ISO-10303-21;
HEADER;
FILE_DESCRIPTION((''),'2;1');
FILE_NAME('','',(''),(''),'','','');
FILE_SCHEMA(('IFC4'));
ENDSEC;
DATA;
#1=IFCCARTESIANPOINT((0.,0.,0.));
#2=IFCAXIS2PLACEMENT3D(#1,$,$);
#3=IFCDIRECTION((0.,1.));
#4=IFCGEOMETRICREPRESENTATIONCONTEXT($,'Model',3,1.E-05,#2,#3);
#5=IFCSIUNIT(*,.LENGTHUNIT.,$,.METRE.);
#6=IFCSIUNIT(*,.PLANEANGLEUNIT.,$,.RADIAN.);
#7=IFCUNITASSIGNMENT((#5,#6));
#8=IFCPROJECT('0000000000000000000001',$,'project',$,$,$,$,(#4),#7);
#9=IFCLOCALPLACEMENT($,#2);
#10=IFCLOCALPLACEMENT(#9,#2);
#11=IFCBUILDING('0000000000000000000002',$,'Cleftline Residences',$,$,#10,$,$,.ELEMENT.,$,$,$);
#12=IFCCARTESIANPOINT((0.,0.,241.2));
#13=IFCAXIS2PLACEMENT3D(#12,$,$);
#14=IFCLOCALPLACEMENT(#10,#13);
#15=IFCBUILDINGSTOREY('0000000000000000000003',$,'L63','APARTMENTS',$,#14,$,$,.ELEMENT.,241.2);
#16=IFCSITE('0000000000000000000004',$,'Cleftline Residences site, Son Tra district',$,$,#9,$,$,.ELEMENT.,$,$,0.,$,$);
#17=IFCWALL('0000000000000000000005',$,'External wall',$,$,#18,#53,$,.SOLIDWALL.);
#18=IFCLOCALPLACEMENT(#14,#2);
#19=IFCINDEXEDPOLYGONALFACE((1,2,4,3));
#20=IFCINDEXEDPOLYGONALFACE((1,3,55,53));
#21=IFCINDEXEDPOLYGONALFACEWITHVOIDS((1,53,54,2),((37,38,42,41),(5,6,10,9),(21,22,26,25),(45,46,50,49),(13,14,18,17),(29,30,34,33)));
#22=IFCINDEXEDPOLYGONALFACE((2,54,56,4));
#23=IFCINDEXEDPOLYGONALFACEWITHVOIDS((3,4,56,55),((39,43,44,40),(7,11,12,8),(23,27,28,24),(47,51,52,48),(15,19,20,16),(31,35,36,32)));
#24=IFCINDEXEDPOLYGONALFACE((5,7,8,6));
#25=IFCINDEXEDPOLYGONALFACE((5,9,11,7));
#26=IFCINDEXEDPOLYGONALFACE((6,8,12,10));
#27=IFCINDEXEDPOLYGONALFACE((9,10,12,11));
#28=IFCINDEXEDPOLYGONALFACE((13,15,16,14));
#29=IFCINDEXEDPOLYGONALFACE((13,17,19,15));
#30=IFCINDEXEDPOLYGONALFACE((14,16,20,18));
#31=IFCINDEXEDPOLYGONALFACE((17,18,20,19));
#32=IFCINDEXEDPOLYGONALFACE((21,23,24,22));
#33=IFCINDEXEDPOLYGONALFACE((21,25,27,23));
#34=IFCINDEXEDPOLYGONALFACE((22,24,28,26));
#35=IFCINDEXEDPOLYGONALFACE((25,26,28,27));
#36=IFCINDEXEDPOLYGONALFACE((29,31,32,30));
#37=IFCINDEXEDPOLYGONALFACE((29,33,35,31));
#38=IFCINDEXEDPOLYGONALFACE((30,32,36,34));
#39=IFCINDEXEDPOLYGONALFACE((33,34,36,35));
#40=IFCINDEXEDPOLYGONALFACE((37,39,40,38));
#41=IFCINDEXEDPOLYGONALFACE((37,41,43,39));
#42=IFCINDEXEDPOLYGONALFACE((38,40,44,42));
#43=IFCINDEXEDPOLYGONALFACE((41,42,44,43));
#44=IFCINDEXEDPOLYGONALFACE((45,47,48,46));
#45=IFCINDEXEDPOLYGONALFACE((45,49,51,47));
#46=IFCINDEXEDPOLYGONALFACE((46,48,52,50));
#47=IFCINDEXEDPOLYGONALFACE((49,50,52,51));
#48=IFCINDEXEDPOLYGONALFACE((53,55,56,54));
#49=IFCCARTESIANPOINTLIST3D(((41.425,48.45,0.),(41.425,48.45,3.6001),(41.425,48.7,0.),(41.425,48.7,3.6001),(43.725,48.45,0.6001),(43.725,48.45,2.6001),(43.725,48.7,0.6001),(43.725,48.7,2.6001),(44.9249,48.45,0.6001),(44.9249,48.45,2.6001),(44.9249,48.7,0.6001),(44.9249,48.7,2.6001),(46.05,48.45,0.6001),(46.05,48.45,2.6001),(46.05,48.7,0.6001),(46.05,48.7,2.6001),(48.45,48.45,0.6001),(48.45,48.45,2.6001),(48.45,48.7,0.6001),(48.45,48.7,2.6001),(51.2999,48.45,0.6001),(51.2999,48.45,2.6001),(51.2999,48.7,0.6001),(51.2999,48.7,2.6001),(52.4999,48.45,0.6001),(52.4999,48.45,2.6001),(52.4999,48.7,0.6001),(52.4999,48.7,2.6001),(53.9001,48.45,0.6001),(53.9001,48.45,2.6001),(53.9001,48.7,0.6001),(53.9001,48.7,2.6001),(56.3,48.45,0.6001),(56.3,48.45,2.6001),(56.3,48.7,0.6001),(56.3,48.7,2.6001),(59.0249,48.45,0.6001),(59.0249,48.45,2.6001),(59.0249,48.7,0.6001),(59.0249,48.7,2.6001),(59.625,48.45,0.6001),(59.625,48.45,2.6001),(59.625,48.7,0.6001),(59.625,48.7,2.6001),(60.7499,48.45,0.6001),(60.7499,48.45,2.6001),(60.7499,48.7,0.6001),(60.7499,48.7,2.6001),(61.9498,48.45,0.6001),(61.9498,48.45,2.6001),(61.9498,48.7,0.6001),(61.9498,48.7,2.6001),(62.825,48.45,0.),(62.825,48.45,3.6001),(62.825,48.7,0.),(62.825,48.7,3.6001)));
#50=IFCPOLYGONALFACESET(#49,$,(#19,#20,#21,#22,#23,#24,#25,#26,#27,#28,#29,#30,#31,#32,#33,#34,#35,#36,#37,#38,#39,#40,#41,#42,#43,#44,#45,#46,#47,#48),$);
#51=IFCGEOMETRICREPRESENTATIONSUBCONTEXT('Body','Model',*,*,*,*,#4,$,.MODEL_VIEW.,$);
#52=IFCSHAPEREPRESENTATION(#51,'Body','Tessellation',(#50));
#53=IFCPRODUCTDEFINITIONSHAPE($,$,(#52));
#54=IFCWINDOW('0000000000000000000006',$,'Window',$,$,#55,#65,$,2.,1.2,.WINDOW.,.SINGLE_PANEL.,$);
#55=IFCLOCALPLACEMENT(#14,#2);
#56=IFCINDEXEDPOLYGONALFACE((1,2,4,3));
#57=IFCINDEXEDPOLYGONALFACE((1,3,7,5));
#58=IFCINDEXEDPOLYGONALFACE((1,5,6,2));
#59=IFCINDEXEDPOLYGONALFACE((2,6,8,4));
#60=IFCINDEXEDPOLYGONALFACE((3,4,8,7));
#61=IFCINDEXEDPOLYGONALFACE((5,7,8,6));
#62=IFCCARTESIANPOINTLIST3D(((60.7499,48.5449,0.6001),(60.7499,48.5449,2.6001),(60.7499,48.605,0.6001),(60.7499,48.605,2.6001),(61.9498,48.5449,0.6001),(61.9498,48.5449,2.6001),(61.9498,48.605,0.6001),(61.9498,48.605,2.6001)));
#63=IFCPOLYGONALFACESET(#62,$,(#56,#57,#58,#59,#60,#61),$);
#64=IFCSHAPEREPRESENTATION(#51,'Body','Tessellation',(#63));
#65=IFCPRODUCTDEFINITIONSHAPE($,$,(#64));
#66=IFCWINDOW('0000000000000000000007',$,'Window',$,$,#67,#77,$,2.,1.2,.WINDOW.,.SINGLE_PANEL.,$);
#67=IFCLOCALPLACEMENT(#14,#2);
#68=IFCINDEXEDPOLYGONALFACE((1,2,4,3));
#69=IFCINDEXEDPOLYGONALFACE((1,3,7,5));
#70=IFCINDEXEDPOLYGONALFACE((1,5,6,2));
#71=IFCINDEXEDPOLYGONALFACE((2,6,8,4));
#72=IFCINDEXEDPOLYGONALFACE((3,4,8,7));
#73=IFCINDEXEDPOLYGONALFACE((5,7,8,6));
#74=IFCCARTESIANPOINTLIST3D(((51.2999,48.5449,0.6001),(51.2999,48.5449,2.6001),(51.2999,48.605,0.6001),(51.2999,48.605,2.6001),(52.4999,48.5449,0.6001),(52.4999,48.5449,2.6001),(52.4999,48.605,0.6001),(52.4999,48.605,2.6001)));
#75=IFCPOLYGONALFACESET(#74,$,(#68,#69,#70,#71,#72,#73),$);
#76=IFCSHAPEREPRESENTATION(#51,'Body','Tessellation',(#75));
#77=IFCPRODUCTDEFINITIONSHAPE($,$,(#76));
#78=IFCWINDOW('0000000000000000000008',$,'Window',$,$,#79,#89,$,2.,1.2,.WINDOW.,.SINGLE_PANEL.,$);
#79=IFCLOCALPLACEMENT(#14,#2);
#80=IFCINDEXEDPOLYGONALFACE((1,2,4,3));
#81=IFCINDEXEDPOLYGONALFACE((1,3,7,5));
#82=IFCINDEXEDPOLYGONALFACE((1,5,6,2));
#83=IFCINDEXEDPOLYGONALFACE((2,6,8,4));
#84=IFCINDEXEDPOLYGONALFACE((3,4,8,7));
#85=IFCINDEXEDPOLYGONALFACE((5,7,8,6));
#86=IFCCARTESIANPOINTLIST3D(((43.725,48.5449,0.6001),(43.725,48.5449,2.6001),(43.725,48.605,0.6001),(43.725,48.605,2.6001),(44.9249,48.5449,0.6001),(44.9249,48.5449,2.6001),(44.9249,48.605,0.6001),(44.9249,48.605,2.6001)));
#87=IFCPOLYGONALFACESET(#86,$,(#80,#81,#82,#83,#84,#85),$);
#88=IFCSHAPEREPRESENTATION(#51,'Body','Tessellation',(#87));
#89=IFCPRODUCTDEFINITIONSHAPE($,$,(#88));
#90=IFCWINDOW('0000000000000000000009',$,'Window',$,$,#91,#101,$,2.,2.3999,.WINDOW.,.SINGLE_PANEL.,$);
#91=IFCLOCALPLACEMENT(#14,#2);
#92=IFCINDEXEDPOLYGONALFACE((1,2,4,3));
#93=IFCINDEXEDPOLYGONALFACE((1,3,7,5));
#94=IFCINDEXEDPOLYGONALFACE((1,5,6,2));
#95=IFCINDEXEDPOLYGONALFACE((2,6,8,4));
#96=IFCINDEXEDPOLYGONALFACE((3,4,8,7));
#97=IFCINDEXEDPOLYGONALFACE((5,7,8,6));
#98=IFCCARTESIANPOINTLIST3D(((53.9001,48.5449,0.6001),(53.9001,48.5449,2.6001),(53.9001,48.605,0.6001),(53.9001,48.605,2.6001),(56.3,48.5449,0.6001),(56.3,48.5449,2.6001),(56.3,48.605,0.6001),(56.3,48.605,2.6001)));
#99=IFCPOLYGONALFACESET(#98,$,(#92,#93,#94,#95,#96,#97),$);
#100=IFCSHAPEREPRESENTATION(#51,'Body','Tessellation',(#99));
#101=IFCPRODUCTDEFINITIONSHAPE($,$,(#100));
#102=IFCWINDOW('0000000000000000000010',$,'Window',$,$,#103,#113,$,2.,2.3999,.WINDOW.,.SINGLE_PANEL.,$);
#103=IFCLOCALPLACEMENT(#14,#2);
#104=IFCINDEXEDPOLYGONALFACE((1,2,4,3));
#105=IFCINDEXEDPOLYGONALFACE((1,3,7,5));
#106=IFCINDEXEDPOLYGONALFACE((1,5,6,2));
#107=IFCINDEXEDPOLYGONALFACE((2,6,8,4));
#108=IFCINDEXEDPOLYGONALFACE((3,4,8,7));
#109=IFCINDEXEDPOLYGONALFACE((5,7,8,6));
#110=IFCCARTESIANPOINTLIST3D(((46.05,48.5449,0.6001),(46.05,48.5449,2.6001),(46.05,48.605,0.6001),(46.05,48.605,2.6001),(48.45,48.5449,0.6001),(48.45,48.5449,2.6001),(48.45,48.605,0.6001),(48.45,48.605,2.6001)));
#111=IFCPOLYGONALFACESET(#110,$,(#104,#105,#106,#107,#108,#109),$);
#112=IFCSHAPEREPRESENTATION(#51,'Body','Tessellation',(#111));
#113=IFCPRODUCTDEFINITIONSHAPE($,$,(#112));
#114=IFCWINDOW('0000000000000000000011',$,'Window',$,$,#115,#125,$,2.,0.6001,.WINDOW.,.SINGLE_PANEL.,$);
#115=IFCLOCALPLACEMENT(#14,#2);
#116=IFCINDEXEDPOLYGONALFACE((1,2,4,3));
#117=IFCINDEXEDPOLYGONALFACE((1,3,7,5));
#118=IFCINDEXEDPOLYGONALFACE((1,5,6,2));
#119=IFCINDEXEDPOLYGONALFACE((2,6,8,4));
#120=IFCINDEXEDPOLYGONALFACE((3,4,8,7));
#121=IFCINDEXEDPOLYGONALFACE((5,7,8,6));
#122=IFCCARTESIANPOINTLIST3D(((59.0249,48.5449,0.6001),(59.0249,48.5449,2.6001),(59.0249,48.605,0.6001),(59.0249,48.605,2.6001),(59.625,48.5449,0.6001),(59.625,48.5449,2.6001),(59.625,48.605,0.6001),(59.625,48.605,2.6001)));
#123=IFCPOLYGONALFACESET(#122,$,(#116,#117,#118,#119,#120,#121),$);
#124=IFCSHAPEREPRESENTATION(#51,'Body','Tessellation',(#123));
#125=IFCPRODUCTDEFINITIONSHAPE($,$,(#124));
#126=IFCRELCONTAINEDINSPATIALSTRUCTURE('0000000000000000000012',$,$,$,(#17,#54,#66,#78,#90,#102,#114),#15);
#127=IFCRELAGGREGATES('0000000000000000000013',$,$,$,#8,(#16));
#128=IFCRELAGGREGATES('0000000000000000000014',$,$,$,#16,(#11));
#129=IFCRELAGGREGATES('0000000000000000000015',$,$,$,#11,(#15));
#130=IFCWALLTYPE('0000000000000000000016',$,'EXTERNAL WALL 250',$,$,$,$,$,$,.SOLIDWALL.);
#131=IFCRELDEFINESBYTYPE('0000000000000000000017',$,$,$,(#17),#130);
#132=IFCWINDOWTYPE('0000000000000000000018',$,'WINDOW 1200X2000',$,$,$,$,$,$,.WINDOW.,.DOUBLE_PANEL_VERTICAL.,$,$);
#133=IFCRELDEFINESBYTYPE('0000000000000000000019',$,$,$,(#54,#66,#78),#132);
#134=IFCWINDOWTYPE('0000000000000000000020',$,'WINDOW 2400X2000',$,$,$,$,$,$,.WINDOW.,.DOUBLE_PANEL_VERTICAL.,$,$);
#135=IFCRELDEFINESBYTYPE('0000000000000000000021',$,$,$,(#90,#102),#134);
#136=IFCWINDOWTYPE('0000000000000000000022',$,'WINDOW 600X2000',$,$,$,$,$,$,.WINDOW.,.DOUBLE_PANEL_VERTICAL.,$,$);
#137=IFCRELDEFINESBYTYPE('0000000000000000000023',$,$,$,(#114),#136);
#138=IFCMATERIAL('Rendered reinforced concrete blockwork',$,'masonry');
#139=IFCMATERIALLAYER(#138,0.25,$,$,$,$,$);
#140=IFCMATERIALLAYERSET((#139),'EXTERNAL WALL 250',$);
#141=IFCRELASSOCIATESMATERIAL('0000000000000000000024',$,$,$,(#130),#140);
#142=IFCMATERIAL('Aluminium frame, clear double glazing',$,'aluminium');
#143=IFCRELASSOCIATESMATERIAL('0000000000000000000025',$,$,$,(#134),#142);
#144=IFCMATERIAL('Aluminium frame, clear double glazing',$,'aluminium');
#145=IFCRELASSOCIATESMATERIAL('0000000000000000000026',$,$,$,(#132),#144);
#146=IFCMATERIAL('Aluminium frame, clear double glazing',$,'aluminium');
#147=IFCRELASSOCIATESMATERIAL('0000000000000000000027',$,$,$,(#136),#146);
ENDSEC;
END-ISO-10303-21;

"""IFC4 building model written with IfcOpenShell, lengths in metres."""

from ifc_helpers import new_model, si_unit, direction, frame, frame_2d, origin, place, context, subcontext, project, spatial, rectangle, extrude, material, layer, layer_set, type_object, element, fill, save


model = new_model("IFC4")

# Units and contexts
model_context = context("Model", 3, precision=1e-05, world=origin(), true_north=direction((0.0, 1.0)))
body_context = subcontext(model_context, "Body", "Model", "MODEL_VIEW")
ifc_project = project(units=[si_unit("LENGTHUNIT", "METRE"), si_unit("PLANEANGLEUNIT", "RADIAN")], contexts=[model_context])

# Site, building, storey
site_placement = place(None, origin())
site = spatial("IfcSite", under=ifc_project, at=site_placement, Name="Cleftline Residences site, Son Tra district", CompositionType="ELEMENT", RefElevation=0.0)
building_placement = place(site_placement, origin())
building = spatial("IfcBuilding", under=site, at=building_placement, Name="Cleftline Residences", CompositionType="ELEMENT")
storey_placement = place(building_placement, frame((0.0, 0.0, 241.2)))
storey = spatial("IfcBuildingStorey", under=building, at=storey_placement, Name="L63", Description="APARTMENTS", CompositionType="ELEMENT", Elevation=241.2)

# Shared definitions
ifc_material_1 = material(Name="Rendered reinforced concrete blockwork", Category="masonry")
ifc_layer_1 = layer(ifc_material_1, 0.25)
ifc_layer_set_1 = layer_set([ifc_layer_1], Name="EXTERNAL WALL 250")
wall_type_1 = type_object("IfcWallType", Name="EXTERNAL WALL 250", PredefinedType="SOLIDWALL", material=ifc_layer_set_1)
ifc_material_2 = material(Name="Aluminium frame, clear double glazing", Category="aluminium")
window_type_1 = type_object("IfcWindowType", Name="WINDOW 2400X2000", PartitioningType="DOUBLE_PANEL_VERTICAL", PredefinedType="WINDOW", material=ifc_material_2)

# Wall, openings, windows
wall_1_placement = place(storey_placement, frame((62.825, 48.575, 0.0), z_axis=(0.0, 0.0, 1.0), x_axis=(-1.0, 0.0, 0.0)))
wall_1 = element("IfcWall", 1, at=wall_1_placement, inside=storey, type_object=wall_type_1, Name="External wall", PredefinedType="SOLIDWALL", context=body_context, shape_type="SweptSolid", body=[
    extrude(rectangle(XDim=21.3999, YDim=0.25, at=frame_2d((10.7, 0.0))), origin(), (0.0, 0.0, 1.0), 3.6001),
])
opening_1_placement = place(wall_1_placement, frame((0.875, 0.0, 0.6001)))
opening_1 = element("IfcOpeningElement", 2, at=opening_1_placement, cuts=wall_1, PredefinedType="OPENING", context=body_context, shape_type="SweptSolid", body=[
    extrude(rectangle(XDim=1.2, YDim=2.0, at=frame_2d((0.6001, 1.0))), frame((0.0, 0.135, 0.0), z_axis=(0.0, -1.0, 0.0), x_axis=(1.0, 0.0, 0.0)), (0.0, 0.0, 1.0), 0.27),
])
opening_2_placement = place(wall_1_placement, frame((3.2, 0.0, 0.6001)))
opening_2 = element("IfcOpeningElement", 3, at=opening_2_placement, cuts=wall_1, PredefinedType="OPENING", context=body_context, shape_type="SweptSolid", body=[
    extrude(rectangle(XDim=0.6001, YDim=2.0, at=frame_2d((0.3, 1.0))), frame((0.0, 0.135, 0.0), z_axis=(0.0, -1.0, 0.0), x_axis=(1.0, 0.0, 0.0)), (0.0, 0.0, 1.0), 0.27),
])
opening_3_placement = place(wall_1_placement, frame((6.5249, 0.0, 0.6001)))
opening_3 = element("IfcOpeningElement", 4, at=opening_3_placement, cuts=wall_1, PredefinedType="OPENING", context=body_context, shape_type="SweptSolid", body=[
    extrude(rectangle(XDim=2.3999, YDim=2.0, at=frame_2d((1.2, 1.0))), frame((0.0, 0.135, 0.0), z_axis=(0.0, -1.0, 0.0), x_axis=(1.0, 0.0, 0.0)), (0.0, 0.0, 1.0), 0.27),
])
opening_4_placement = place(wall_1_placement, frame((10.325, 0.0, 0.6001)))
opening_4 = element("IfcOpeningElement", 5, at=opening_4_placement, cuts=wall_1, PredefinedType="OPENING", context=body_context, shape_type="SweptSolid", body=[
    extrude(rectangle(XDim=1.2, YDim=2.0, at=frame_2d((0.6001, 1.0))), frame((0.0, 0.135, 0.0), z_axis=(0.0, -1.0, 0.0), x_axis=(1.0, 0.0, 0.0)), (0.0, 0.0, 1.0), 0.27),
])
opening_5_placement = place(wall_1_placement, frame((14.375, 0.0, 0.6001)))
opening_5 = element("IfcOpeningElement", 6, at=opening_5_placement, cuts=wall_1, PredefinedType="OPENING", context=body_context, shape_type="SweptSolid", body=[
    extrude(rectangle(XDim=2.3999, YDim=2.0, at=frame_2d((1.2, 1.0))), frame((0.0, 0.135, 0.0), z_axis=(0.0, -1.0, 0.0), x_axis=(1.0, 0.0, 0.0)), (0.0, 0.0, 1.0), 0.27),
])
opening_6_placement = place(wall_1_placement, frame((17.8999, 0.0, 0.6001)))
opening_6 = element("IfcOpeningElement", 7, at=opening_6_placement, cuts=wall_1, PredefinedType="OPENING", context=body_context, shape_type="SweptSolid", body=[
    extrude(rectangle(XDim=1.2, YDim=2.0, at=frame_2d((0.6001, 1.0))), frame((0.0, 0.135, 0.0), z_axis=(0.0, -1.0, 0.0), x_axis=(1.0, 0.0, 0.0)), (0.0, 0.0, 1.0), 0.27),
])
ifc_material_3 = material(Name="Aluminium frame, clear double glazing", Category="aluminium")
window_type_2 = type_object("IfcWindowType", Name="WINDOW 1200X2000", PartitioningType="DOUBLE_PANEL_VERTICAL", PredefinedType="WINDOW", material=ifc_material_3)
window_1_placement = place(opening_1_placement, origin())
window_1 = element("IfcWindow", 8, at=window_1_placement, inside=storey, type_object=window_type_2, Name="Window", OverallHeight=2.0, OverallWidth=1.2, PartitioningType="SINGLE_PANEL", PredefinedType="WINDOW", context=body_context, shape_type="SweptSolid", body=[
    extrude(rectangle(XDim=1.2, YDim=2.0, at=frame_2d((0.6001, 1.0))), frame((0.0, 0.03, 0.0), z_axis=(0.0, -1.0, 0.0), x_axis=(1.0, 0.0, 0.0)), (0.0, 0.0, 1.0), 0.0601),
])
fill(opening_1, window_1)
window_2_placement = place(opening_4_placement, origin())
window_2 = element("IfcWindow", 9, at=window_2_placement, inside=storey, type_object=window_type_2, Name="Window", OverallHeight=2.0, OverallWidth=1.2, PartitioningType="SINGLE_PANEL", PredefinedType="WINDOW", context=body_context, shape_type="SweptSolid", body=[
    extrude(rectangle(XDim=1.2, YDim=2.0, at=frame_2d((0.6001, 1.0))), frame((0.0, 0.03, 0.0), z_axis=(0.0, -1.0, 0.0), x_axis=(1.0, 0.0, 0.0)), (0.0, 0.0, 1.0), 0.0601),
])
fill(opening_4, window_2)
window_3_placement = place(opening_6_placement, origin())
window_3 = element("IfcWindow", 10, at=window_3_placement, inside=storey, type_object=window_type_2, Name="Window", OverallHeight=2.0, OverallWidth=1.2, PartitioningType="SINGLE_PANEL", PredefinedType="WINDOW", context=body_context, shape_type="SweptSolid", body=[
    extrude(rectangle(XDim=1.2, YDim=2.0, at=frame_2d((0.6001, 1.0))), frame((0.0, 0.03, 0.0), z_axis=(0.0, -1.0, 0.0), x_axis=(1.0, 0.0, 0.0)), (0.0, 0.0, 1.0), 0.0601),
])
fill(opening_6, window_3)
window_4_placement = place(opening_3_placement, origin())
window_4 = element("IfcWindow", 11, at=window_4_placement, inside=storey, type_object=window_type_1, Name="Window", OverallHeight=2.0, OverallWidth=2.3999, PartitioningType="SINGLE_PANEL", PredefinedType="WINDOW", context=body_context, shape_type="SweptSolid", body=[
    extrude(rectangle(XDim=2.3999, YDim=2.0, at=frame_2d((1.2, 1.0))), frame((0.0, 0.03, 0.0), z_axis=(0.0, -1.0, 0.0), x_axis=(1.0, 0.0, 0.0)), (0.0, 0.0, 1.0), 0.0601),
])
fill(opening_3, window_4)
window_5_placement = place(opening_5_placement, origin())
window_5 = element("IfcWindow", 12, at=window_5_placement, inside=storey, type_object=window_type_1, Name="Window", OverallHeight=2.0, OverallWidth=2.3999, PartitioningType="SINGLE_PANEL", PredefinedType="WINDOW", context=body_context, shape_type="SweptSolid", body=[
    extrude(rectangle(XDim=2.3999, YDim=2.0, at=frame_2d((1.2, 1.0))), frame((0.0, 0.03, 0.0), z_axis=(0.0, -1.0, 0.0), x_axis=(1.0, 0.0, 0.0)), (0.0, 0.0, 1.0), 0.0601),
])
fill(opening_5, window_5)
ifc_material_4 = material(Name="Aluminium frame, clear double glazing", Category="aluminium")
window_type_3 = type_object("IfcWindowType", Name="WINDOW 600X2000", PartitioningType="DOUBLE_PANEL_VERTICAL", PredefinedType="WINDOW", material=ifc_material_4)
window_6_placement = place(opening_2_placement, origin())
window_6 = element("IfcWindow", 13, at=window_6_placement, inside=storey, type_object=window_type_3, Name="Window", OverallHeight=2.0, OverallWidth=0.6001, PartitioningType="SINGLE_PANEL", PredefinedType="WINDOW", context=body_context, shape_type="SweptSolid", body=[
    extrude(rectangle(XDim=0.6001, YDim=2.0, at=frame_2d((0.3, 1.0))), frame((0.0, 0.03, 0.0), z_axis=(0.0, -1.0, 0.0), x_axis=(1.0, 0.0, 0.0)), (0.0, 0.0, 1.0), 0.0601),
])
fill(opening_2, window_6)

save(model, "model.ifc")
